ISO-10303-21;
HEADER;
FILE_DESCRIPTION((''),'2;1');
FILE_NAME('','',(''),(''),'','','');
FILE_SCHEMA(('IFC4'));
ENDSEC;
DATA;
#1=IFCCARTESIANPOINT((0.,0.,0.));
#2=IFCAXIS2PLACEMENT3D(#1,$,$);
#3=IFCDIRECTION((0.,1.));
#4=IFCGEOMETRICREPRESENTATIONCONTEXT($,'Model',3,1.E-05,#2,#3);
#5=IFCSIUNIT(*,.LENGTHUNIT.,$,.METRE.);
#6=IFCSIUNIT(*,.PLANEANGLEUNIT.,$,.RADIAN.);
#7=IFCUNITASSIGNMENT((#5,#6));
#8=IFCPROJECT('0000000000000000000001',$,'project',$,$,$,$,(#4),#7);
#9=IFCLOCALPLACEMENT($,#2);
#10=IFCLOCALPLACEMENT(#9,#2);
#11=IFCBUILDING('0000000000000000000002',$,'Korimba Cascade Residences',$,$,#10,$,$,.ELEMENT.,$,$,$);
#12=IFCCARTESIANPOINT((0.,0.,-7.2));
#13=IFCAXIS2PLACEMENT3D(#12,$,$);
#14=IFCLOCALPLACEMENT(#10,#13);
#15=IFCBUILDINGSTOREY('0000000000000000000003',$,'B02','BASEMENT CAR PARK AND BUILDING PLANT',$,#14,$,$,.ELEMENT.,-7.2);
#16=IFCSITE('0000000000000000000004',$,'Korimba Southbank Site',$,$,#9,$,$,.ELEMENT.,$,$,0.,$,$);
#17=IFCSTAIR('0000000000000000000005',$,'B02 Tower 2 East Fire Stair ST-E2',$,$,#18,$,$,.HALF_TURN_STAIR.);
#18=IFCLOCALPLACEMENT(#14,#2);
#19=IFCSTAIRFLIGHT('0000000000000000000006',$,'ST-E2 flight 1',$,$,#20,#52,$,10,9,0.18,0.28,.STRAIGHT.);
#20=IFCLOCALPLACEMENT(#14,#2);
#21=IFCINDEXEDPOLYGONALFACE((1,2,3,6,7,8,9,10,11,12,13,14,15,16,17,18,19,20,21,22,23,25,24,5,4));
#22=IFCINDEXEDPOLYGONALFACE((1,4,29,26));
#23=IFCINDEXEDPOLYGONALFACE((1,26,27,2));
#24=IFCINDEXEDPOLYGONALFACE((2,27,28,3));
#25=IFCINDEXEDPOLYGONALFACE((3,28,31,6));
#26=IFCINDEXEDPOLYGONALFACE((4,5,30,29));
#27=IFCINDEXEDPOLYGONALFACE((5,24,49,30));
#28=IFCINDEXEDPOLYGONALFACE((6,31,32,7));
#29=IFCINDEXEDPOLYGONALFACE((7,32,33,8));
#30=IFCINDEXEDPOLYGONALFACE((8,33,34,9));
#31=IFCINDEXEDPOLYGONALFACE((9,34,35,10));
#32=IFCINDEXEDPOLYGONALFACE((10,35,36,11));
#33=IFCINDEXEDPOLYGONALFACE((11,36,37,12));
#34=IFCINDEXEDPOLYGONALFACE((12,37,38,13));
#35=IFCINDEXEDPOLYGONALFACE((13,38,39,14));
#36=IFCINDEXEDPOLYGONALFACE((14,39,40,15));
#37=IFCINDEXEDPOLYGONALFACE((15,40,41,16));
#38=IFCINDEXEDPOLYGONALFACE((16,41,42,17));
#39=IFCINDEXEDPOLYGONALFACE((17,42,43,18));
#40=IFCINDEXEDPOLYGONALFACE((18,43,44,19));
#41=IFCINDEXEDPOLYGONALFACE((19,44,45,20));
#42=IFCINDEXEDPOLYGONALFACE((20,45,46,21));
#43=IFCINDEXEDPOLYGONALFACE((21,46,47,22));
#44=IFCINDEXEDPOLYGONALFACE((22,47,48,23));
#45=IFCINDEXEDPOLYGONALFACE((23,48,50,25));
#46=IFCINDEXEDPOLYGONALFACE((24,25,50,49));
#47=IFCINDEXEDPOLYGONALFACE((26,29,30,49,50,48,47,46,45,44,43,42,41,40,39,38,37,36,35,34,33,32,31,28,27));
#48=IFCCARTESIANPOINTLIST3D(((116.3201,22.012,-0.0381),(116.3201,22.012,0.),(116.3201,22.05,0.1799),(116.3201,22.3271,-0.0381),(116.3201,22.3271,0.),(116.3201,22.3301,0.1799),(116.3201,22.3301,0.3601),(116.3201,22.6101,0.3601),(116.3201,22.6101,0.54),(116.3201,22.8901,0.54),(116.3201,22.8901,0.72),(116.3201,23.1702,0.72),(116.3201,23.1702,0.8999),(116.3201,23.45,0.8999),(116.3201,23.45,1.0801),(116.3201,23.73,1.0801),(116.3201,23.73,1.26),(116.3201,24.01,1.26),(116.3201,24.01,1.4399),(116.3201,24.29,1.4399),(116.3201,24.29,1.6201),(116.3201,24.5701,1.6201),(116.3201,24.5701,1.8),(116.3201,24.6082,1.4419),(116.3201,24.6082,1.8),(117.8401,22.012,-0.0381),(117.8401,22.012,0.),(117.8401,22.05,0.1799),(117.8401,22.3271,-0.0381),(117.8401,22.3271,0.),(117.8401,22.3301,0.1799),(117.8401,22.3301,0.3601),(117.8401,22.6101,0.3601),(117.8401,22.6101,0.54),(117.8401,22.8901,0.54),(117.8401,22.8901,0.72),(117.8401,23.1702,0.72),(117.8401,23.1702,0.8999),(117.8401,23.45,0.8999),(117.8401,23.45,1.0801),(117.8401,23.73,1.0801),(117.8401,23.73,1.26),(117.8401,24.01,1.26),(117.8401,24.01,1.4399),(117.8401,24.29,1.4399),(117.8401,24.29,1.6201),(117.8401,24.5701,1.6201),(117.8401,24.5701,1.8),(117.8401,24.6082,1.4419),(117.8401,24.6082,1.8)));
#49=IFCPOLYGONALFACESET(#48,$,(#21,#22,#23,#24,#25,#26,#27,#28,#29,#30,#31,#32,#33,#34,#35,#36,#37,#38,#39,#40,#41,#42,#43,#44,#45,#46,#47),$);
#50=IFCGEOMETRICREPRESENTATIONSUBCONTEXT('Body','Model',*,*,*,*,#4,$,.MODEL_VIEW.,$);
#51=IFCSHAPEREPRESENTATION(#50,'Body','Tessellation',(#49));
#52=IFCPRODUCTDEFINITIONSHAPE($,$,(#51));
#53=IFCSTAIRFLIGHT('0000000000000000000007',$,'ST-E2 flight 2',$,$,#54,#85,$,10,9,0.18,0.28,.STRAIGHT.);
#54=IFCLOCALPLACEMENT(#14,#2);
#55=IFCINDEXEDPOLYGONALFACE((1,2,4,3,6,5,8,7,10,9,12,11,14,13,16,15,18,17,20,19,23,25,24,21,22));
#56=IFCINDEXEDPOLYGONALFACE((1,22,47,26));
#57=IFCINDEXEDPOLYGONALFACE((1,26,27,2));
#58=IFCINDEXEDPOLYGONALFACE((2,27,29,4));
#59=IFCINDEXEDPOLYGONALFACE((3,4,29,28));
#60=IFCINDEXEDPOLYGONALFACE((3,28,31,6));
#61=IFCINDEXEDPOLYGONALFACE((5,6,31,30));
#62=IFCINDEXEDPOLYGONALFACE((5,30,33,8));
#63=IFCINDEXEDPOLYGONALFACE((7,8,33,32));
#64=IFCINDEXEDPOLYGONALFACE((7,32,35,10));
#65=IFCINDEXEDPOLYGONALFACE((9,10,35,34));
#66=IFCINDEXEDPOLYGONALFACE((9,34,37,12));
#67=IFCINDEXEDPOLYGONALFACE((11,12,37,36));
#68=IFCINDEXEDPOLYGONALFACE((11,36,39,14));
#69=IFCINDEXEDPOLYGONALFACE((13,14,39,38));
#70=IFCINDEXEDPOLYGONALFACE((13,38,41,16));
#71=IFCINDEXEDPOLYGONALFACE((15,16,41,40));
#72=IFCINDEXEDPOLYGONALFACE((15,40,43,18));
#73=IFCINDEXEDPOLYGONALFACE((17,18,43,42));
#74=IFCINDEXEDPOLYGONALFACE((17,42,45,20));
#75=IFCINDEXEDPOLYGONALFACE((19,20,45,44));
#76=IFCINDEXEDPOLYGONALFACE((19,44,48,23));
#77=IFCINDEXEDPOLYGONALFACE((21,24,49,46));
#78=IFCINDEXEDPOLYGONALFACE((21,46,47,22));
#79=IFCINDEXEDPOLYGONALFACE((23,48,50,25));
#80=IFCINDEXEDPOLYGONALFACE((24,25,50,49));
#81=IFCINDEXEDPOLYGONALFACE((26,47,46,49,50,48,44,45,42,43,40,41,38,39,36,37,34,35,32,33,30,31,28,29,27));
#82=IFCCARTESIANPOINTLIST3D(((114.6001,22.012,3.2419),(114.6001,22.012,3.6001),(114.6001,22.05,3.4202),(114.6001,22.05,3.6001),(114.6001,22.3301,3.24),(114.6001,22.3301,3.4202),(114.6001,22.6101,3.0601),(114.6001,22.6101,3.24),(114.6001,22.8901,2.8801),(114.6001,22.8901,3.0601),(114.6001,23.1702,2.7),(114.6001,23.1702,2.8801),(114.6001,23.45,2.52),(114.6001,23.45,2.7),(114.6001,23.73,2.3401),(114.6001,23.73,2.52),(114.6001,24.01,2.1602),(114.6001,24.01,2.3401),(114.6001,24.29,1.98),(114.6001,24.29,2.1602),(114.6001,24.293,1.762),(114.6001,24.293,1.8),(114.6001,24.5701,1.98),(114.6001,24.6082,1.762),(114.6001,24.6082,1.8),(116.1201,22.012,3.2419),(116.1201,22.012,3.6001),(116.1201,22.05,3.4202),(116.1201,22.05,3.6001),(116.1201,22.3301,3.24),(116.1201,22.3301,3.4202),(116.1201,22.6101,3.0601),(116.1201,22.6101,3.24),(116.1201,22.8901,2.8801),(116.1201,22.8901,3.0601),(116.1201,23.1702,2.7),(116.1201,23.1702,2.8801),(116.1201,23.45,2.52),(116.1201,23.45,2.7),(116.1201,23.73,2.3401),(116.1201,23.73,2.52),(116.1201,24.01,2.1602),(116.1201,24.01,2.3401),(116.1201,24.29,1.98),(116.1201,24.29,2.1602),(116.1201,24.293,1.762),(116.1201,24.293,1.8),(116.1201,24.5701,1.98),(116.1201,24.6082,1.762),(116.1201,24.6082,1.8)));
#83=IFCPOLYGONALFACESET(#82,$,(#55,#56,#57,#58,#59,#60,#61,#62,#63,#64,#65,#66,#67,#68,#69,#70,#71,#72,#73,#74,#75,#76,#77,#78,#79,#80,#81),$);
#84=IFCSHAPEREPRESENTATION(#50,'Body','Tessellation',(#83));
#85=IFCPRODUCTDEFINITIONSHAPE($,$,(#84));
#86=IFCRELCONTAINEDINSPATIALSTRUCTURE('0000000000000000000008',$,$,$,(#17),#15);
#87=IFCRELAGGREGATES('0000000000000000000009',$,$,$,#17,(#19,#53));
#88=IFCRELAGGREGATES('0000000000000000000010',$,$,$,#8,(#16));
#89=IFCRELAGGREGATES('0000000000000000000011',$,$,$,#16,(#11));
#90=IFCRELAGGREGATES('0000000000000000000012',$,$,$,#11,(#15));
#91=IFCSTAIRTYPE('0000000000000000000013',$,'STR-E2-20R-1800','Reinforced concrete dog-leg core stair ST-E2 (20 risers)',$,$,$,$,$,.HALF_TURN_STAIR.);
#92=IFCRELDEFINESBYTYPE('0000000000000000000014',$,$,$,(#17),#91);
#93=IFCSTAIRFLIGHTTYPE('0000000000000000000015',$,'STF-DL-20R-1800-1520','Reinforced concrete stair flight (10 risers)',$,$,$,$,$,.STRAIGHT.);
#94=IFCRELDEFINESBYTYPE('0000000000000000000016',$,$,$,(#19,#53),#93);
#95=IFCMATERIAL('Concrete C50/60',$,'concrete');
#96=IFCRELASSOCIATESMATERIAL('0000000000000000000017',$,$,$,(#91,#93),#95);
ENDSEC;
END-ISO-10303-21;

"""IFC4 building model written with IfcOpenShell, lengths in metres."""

from ifc_helpers import new_model, si_unit, direction, frame, origin, place, context, subcontext, project, spatial, polyline, outline, extrude, material, type_object, element, aggregate, save


model = new_model("IFC4")

# Units and contexts
model_context = context("Model", 3, precision=1e-05, world=origin(), true_north=direction((0.0, 1.0)))
body_context = subcontext(model_context, "Body", "Model", "MODEL_VIEW")
ifc_project = project(units=[si_unit("LENGTHUNIT", "METRE"), si_unit("PLANEANGLEUNIT", "RADIAN")], contexts=[model_context])

# Site, building, storey
site_placement = place(None, origin())
site = spatial("IfcSite", under=ifc_project, at=site_placement, Name="Korimba Southbank Site", CompositionType="ELEMENT", RefElevation=0.0)
building_placement = place(site_placement, origin())
building = spatial("IfcBuilding", under=site, at=building_placement, Name="Korimba Cascade Residences", CompositionType="ELEMENT")
storey_placement = place(building_placement, frame((0.0, 0.0, -7.2)))
storey = spatial("IfcBuildingStorey", under=building, at=storey_placement, Name="B02", Description="BASEMENT CAR PARK AND BUILDING PLANT", CompositionType="ELEMENT", Elevation=-7.2)

# Shared definitions
ifc_material_1 = material(Name="Concrete C50/60", Category="concrete")

# Stair, stair flights
stair_type = type_object("IfcStairType", Name="STR-E2-20R-1800", Description="Reinforced concrete dog-leg core stair ST-E2 (20 risers)", PredefinedType="HALF_TURN_STAIR", material=ifc_material_1)
stair_placement = place(storey_placement, origin())
stair = element("IfcStair", 1, at=stair_placement, inside=storey, type_object=stair_type, Name="B02 Tower 2 East Fire Stair ST-E2", PredefinedType="HALF_TURN_STAIR")
stair_flight_type = type_object("IfcStairFlightType", Name="STF-DL-20R-1800-1520", Description="Reinforced concrete stair flight (10 risers)", PredefinedType="STRAIGHT", material=ifc_material_1)
stair_flight_1_placement = place(storey_placement, frame((117.0801, 22.05, 0.0), z_axis=(0.0, 0.0, 1.0), x_axis=(0.0, 1.0, 0.0)))
stair_flight_1 = element("IfcStairFlight", 2, at=stair_flight_1_placement, type_object=stair_flight_type, Name="ST-E2 flight 1", NumberOfRisers=10, NumberOfTreads=9, PredefinedType="STRAIGHT", RiserHeight=0.18, TreadLength=0.28, context=body_context, shape_type="SweptSolid", body=[
    extrude(outline(polyline([(-0.0381, 0.0), (0.0, 0.1799), (0.28, 0.1799), (0.28, 0.3601), (0.5601, 0.3601), (0.5601, 0.54), (0.8401, 0.54), (0.8401, 0.72), (1.1201, 0.72), (1.1201, 0.8999), (1.3999, 0.8999), (1.3999, 1.0801), (1.6799, 1.0801), (1.6799, 1.26), (1.96, 1.26), (1.96, 1.4399), (2.24, 1.4399), (2.24, 1.6201), (2.52, 1.6201), (2.52, 1.8), (2.5581, 1.8), (2.5581, 1.4419), (0.2771, 0.0), (0.2771, -0.0381), (-0.0381, -0.0381), (-0.0381, 0.0)])), frame((0.0, 0.76, 0.0), z_axis=(0.0, -1.0, 0.0), x_axis=(1.0, 0.0, 0.0)), (0.0, 0.0, 1.0), 1.52),
])
stair_flight_2_placement = place(storey_placement, frame((115.3601, 24.5701, 1.8), z_axis=(0.0, 0.0, 1.0), x_axis=(0.0, -1.0, 0.0)))
stair_flight_2 = element("IfcStairFlight", 3, at=stair_flight_2_placement, type_object=stair_flight_type, Name="ST-E2 flight 2", NumberOfRisers=10, NumberOfTreads=9, PredefinedType="STRAIGHT", RiserHeight=0.18, TreadLength=0.28, context=body_context, shape_type="SweptSolid", body=[
    extrude(outline(polyline([(-0.0381, 0.0), (0.0, 0.1799), (0.28, 0.1799), (0.28, 0.3601), (0.5601, 0.3601), (0.5601, 0.54), (0.8401, 0.54), (0.8401, 0.72), (1.1201, 0.72), (1.1201, 0.8999), (1.3999, 0.8999), (1.3999, 1.0801), (1.6799, 1.0801), (1.6799, 1.26), (1.96, 1.26), (1.96, 1.4399), (2.24, 1.4399), (2.24, 1.6201), (2.52, 1.6201), (2.52, 1.8), (2.5581, 1.8), (2.5581, 1.4419), (0.2771, 0.0), (0.2771, -0.0381), (-0.0381, -0.0381), (-0.0381, 0.0)])), frame((0.0, 0.76, 0.0), z_axis=(0.0, -1.0, 0.0), x_axis=(1.0, 0.0, 0.0)), (0.0, 0.0, 1.0), 1.52),
])
aggregate(stair, [stair_flight_1, stair_flight_2])

save(model, "model.ifc")
